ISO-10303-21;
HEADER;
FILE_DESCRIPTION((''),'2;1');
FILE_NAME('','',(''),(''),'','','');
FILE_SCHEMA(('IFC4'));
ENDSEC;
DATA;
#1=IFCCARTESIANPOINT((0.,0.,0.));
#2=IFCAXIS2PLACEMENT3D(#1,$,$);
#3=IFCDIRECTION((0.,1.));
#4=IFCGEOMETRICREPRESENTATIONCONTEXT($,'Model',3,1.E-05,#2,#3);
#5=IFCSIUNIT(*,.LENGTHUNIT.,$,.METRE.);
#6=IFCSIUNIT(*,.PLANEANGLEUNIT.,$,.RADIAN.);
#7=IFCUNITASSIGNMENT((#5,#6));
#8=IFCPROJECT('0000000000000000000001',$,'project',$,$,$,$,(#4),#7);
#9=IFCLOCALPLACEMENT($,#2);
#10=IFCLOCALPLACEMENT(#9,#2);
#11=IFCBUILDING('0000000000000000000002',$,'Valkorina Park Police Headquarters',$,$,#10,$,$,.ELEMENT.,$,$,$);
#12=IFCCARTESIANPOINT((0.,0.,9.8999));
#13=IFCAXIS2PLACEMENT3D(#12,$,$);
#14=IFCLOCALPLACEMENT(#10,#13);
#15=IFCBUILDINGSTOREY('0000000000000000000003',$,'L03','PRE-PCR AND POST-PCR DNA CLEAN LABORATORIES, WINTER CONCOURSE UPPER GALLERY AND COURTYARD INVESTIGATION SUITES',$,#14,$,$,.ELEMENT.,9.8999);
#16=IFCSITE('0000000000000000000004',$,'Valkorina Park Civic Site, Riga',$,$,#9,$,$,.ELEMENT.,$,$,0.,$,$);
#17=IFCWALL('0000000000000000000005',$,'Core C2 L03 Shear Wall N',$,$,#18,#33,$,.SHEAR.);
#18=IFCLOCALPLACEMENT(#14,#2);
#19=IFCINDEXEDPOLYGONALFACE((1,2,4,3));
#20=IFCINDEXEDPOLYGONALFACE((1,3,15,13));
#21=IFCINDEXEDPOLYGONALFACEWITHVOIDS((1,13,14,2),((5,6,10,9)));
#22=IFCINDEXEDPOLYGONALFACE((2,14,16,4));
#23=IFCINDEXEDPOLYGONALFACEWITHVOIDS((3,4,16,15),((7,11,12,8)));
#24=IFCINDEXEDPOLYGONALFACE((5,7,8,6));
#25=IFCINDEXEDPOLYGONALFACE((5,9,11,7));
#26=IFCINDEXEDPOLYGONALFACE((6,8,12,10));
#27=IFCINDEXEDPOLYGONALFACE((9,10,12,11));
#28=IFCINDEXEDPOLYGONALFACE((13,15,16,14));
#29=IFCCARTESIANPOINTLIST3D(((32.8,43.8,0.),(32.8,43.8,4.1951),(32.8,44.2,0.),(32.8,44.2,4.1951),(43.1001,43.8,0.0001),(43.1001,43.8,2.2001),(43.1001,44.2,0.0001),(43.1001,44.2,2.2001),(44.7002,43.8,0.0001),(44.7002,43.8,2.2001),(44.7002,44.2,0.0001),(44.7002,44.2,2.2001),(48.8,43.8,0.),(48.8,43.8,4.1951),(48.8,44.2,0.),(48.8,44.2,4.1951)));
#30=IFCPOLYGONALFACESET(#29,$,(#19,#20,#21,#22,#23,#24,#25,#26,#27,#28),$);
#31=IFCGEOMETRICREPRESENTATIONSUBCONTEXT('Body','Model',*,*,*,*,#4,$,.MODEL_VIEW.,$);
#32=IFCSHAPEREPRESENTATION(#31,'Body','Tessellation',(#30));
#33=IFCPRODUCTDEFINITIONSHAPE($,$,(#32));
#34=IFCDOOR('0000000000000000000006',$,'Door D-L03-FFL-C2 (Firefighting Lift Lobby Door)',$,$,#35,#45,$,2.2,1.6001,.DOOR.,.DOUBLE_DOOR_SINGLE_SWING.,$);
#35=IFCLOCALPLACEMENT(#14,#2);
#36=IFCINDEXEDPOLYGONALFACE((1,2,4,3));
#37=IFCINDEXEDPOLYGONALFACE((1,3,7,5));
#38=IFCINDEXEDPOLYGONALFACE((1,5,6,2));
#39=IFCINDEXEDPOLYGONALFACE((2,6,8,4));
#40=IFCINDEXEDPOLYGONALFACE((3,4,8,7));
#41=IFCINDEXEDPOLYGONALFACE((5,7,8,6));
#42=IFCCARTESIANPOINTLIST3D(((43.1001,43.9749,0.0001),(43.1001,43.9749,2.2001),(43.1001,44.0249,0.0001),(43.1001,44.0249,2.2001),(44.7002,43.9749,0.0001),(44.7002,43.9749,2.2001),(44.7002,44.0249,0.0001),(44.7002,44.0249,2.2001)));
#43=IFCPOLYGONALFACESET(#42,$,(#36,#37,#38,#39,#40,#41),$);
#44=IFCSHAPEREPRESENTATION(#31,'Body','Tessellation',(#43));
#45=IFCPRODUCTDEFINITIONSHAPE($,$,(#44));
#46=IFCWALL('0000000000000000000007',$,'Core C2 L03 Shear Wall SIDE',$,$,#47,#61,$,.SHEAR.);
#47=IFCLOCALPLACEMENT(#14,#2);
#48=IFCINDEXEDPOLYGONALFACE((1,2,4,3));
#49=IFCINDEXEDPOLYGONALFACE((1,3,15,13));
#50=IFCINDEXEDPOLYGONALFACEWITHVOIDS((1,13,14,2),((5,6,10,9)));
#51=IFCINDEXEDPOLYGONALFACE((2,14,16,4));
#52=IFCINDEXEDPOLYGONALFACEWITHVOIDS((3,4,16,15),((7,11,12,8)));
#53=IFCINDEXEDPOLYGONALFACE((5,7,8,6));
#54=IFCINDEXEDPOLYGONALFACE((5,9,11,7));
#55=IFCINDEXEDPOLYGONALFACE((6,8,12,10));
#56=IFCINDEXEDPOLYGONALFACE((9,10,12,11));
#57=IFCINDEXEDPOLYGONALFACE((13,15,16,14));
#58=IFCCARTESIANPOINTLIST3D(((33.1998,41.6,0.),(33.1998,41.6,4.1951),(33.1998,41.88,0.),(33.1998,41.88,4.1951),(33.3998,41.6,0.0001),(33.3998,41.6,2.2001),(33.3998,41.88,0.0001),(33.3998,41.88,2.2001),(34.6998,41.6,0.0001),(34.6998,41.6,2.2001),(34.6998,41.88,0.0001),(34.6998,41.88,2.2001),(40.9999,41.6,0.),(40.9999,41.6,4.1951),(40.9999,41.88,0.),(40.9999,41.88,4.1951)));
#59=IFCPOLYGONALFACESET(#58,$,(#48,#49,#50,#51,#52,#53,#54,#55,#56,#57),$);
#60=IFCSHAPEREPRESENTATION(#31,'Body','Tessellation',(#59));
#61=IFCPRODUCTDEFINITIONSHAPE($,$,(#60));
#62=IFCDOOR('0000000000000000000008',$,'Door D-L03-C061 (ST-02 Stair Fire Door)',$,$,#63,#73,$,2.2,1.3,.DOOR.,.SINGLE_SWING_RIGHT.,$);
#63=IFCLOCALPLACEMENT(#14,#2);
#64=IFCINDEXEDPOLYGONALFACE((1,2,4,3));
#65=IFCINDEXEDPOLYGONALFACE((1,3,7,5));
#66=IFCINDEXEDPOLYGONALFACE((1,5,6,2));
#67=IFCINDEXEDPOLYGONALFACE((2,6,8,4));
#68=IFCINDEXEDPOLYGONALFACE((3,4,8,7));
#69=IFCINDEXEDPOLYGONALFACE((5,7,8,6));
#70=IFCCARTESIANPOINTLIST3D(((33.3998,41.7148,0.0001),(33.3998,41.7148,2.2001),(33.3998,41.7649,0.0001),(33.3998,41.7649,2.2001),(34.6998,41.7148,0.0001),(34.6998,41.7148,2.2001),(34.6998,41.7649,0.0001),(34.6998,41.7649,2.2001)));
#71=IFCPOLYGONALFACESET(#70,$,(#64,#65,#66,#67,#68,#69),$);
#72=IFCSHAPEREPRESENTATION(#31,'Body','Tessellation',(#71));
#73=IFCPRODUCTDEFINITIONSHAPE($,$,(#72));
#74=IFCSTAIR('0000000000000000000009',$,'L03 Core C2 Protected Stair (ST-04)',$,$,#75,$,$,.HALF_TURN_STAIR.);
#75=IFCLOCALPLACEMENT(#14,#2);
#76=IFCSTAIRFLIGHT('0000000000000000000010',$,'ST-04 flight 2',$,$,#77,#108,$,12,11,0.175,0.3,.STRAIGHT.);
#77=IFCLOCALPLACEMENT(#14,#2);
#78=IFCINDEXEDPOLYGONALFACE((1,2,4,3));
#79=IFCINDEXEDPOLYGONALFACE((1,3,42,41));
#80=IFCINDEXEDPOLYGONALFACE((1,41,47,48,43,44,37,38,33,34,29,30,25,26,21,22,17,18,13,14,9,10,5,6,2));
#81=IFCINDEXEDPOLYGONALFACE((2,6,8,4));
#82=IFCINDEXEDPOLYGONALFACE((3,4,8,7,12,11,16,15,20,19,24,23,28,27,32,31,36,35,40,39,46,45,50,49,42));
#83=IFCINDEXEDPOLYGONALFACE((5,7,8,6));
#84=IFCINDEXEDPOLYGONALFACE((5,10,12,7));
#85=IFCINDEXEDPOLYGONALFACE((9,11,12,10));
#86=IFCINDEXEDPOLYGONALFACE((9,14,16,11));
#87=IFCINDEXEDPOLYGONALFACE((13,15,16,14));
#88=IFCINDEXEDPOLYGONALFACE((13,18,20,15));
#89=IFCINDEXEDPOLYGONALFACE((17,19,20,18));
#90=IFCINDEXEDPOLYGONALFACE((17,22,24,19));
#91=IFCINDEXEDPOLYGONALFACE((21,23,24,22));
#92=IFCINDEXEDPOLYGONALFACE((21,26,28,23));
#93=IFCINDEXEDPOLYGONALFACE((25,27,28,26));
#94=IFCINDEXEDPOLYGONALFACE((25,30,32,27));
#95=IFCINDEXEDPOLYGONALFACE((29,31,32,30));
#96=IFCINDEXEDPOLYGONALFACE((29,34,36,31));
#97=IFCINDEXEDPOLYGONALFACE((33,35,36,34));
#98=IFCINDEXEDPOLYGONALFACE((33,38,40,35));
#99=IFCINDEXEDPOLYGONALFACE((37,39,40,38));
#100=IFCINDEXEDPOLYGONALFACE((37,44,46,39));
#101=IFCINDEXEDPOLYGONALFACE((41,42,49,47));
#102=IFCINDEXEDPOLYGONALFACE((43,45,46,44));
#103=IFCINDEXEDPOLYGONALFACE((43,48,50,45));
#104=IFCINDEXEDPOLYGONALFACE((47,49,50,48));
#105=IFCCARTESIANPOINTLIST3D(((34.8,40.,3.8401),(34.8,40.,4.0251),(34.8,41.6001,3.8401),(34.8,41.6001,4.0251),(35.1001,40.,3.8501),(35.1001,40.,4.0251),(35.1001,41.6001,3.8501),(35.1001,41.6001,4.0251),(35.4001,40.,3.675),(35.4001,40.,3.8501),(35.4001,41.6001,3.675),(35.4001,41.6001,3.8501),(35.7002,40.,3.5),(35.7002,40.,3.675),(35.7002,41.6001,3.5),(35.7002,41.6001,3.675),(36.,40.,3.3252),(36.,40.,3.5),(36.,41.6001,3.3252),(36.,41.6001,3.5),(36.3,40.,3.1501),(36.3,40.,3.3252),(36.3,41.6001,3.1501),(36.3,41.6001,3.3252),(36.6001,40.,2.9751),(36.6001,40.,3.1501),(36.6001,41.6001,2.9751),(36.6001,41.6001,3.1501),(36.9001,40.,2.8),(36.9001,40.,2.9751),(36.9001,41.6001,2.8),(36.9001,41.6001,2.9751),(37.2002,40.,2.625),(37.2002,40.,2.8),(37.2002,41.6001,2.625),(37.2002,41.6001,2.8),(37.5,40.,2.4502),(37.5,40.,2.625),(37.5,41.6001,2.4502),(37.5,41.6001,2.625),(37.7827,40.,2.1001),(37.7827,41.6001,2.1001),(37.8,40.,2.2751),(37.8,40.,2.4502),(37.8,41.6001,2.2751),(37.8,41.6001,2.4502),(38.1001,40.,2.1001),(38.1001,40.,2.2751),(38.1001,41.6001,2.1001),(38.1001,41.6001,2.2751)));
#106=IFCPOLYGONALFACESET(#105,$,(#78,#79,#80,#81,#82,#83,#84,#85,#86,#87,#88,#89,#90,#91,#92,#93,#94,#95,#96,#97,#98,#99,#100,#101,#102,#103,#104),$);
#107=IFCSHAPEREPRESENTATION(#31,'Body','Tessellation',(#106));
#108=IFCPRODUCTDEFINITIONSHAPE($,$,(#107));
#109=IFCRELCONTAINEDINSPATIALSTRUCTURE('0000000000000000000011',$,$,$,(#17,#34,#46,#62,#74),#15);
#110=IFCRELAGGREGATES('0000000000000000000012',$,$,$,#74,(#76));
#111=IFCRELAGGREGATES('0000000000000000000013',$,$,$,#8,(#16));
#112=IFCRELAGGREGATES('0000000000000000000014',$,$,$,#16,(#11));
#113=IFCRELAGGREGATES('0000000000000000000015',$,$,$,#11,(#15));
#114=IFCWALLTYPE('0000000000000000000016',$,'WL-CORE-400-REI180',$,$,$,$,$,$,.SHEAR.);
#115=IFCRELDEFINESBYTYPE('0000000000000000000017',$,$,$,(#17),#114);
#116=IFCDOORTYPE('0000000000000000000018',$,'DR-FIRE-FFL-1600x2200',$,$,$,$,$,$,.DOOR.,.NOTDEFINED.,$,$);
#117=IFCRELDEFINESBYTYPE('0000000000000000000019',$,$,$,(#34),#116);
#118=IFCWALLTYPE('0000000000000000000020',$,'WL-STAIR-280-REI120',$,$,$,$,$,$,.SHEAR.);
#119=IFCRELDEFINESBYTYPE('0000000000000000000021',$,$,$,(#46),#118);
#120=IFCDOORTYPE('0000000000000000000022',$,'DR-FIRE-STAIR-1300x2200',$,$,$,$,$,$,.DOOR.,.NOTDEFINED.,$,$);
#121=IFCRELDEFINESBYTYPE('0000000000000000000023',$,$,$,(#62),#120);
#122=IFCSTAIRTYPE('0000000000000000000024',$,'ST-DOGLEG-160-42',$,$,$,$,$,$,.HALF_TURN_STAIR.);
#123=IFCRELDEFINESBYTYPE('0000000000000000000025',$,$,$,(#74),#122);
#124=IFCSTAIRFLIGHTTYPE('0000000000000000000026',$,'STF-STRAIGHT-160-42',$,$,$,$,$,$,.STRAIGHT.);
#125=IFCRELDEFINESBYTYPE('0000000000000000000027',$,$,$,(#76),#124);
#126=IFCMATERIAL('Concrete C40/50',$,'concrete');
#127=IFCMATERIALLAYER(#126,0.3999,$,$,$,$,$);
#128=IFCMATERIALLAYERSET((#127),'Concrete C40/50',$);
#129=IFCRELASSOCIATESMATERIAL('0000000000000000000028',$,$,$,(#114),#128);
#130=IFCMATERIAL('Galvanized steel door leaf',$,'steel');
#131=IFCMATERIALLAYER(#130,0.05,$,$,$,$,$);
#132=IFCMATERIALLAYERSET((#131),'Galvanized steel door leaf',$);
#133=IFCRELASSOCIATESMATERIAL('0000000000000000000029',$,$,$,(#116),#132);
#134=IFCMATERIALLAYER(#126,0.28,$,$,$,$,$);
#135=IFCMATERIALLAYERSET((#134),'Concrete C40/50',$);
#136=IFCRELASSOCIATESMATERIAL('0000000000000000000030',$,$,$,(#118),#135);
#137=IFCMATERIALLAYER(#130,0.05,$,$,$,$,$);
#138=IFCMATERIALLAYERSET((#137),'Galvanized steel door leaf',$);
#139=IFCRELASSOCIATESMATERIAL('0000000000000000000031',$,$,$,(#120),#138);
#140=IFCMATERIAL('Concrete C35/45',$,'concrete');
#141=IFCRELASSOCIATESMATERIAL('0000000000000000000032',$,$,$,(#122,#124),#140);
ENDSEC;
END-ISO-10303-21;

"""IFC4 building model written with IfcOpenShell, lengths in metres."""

from ifc_helpers import new_model, si_unit, direction, frame, frame_2d, origin, place, context, subcontext, project, spatial, polyline, rectangle, outline, extrude, material, layer, layer_set, type_object, element, fill, aggregate, save


model = new_model("IFC4")

# Units and contexts
model_context = context("Model", 3, precision=1e-05, world=origin(), true_north=direction((0.0, 1.0)))
body_context = subcontext(model_context, "Body", "Model", "MODEL_VIEW")
ifc_project = project(units=[si_unit("LENGTHUNIT", "METRE"), si_unit("PLANEANGLEUNIT", "RADIAN")], contexts=[model_context])

# Site, building, storey
site_placement = place(None, origin())
site = spatial("IfcSite", under=ifc_project, at=site_placement, Name="Valkorina Park Civic Site, Riga", CompositionType="ELEMENT", RefElevation=0.0)
building_placement = place(site_placement, origin())
building = spatial("IfcBuilding", under=site, at=building_placement, Name="Valkorina Park Police Headquarters", CompositionType="ELEMENT")
storey_placement = place(building_placement, frame((0.0, 0.0, 9.8999)))
storey = spatial("IfcBuildingStorey", under=building, at=storey_placement, Name="L03", Description="PRE-PCR AND POST-PCR DNA CLEAN LABORATORIES, WINTER CONCOURSE UPPER GALLERY AND COURTYARD INVESTIGATION SUITES", CompositionType="ELEMENT", Elevation=9.8999)

# Walls, openings, doors
ifc_material_1 = material(Name="Concrete C40/50", Category="concrete")
ifc_layer_1 = layer(ifc_material_1, 0.3999)
ifc_layer_set_1 = layer_set([ifc_layer_1], Name="Concrete C40/50")
wall_type_1 = type_object("IfcWallType", Name="WL-CORE-400-REI180", PredefinedType="SHEAR", material=ifc_layer_set_1)
wall_1_placement = place(storey_placement, frame((32.8, 44.0, 0.0), z_axis=(0.0, 0.0, 1.0), x_axis=(1.0, 0.0, 0.0)))
wall_1 = element("IfcWall", 1, at=wall_1_placement, inside=storey, type_object=wall_type_1, Name="Core C2 L03 Shear Wall N", PredefinedType="SHEAR", context=body_context, shape_type="SweptSolid", body=[
    extrude(rectangle(XDim=16.0, YDim=0.3999, at=frame_2d((8.0, 0.0))), origin(), (0.0, 0.0, 1.0), 4.1951),
])
opening_1_placement = place(wall_1_placement, frame((10.3, 0.0, 0.0)))
opening_1 = element("IfcOpeningElement", 2, at=opening_1_placement, cuts=wall_1, PredefinedType="OPENING", context=body_context, shape_type="SweptSolid", body=[
    extrude(rectangle(XDim=1.6001, YDim=2.2, at=frame_2d((0.8, 1.1001))), frame((0.0, 0.21, 0.0), z_axis=(0.0, -1.0, 0.0), x_axis=(1.0, 0.0, 0.0)), (0.0, 0.0, 1.0), 0.4199),
])
ifc_material_2 = material(Name="Galvanized steel door leaf", Category="steel")
ifc_layer_2 = layer(ifc_material_2, 0.05)
ifc_layer_set_2 = layer_set([ifc_layer_2], Name="Galvanized steel door leaf")
door_type_1 = type_object("IfcDoorType", Name="DR-FIRE-FFL-1600x2200", OperationType="NOTDEFINED", PredefinedType="DOOR", material=ifc_layer_set_2)
door_1_placement = place(opening_1_placement, origin())
door_1 = element("IfcDoor", 3, at=door_1_placement, inside=storey, type_object=door_type_1, Name="Door D-L03-FFL-C2 (Firefighting Lift Lobby Door)", OperationType="DOUBLE_DOOR_SINGLE_SWING", OverallHeight=2.2, OverallWidth=1.6001, PredefinedType="DOOR", context=body_context, shape_type="SweptSolid", body=[
    extrude(rectangle(XDim=1.6001, YDim=2.2, at=frame_2d((0.8, 1.1001))), frame((0.0, 0.0249, 0.0), z_axis=(0.0, -1.0, 0.0), x_axis=(1.0, 0.0, 0.0)), (0.0, 0.0, 1.0), 0.05),
])
fill(opening_1, door_1)
ifc_layer_3 = layer(ifc_material_1, 0.28)
ifc_layer_set_3 = layer_set([ifc_layer_3], Name="Concrete C40/50")
wall_type_2 = type_object("IfcWallType", Name="WL-STAIR-280-REI120", PredefinedType="SHEAR", material=ifc_layer_set_3)
wall_2_placement = place(storey_placement, frame((33.2, 41.74, 0.0), z_axis=(0.0, 0.0, 1.0), x_axis=(1.0, 0.0, 0.0)))
wall_2 = element("IfcWall", 4, at=wall_2_placement, inside=storey, type_object=wall_type_2, Name="Core C2 L03 Shear Wall SIDE", PredefinedType="SHEAR", context=body_context, shape_type="SweptSolid", body=[
    extrude(rectangle(XDim=7.8, YDim=0.28, at=frame_2d((3.8999, 0.0))), origin(), (0.0, 0.0, 1.0), 4.1951),
])
opening_2_placement = place(wall_2_placement, frame((0.2, 0.0, 0.0)))
opening_2 = element("IfcOpeningElement", 5, at=opening_2_placement, cuts=wall_2, PredefinedType="OPENING", context=body_context, shape_type="SweptSolid", body=[
    extrude(rectangle(XDim=1.3, YDim=2.2, at=frame_2d((0.6499, 1.1001))), frame((0.0, 0.1499, 0.0), z_axis=(0.0, -1.0, 0.0), x_axis=(1.0, 0.0, 0.0)), (0.0, 0.0, 1.0), 0.3),
])
ifc_layer_4 = layer(ifc_material_2, 0.05)
ifc_layer_set_4 = layer_set([ifc_layer_4], Name="Galvanized steel door leaf")
door_type_2 = type_object("IfcDoorType", Name="DR-FIRE-STAIR-1300x2200", OperationType="NOTDEFINED", PredefinedType="DOOR", material=ifc_layer_set_4)
door_2_placement = place(opening_2_placement, origin())
door_2 = element("IfcDoor", 6, at=door_2_placement, inside=storey, type_object=door_type_2, Name="Door D-L03-C061 (ST-02 Stair Fire Door)", OperationType="SINGLE_SWING_RIGHT", OverallHeight=2.2, OverallWidth=1.3, PredefinedType="DOOR", context=body_context, shape_type="SweptSolid", body=[
    extrude(rectangle(XDim=1.3, YDim=2.2, at=frame_2d((0.6499, 1.1001))), frame((0.0, 0.0249, 0.0), z_axis=(0.0, -1.0, 0.0), x_axis=(1.0, 0.0, 0.0)), (0.0, 0.0, 1.0), 0.05),
])
fill(opening_2, door_2)

# Stair, stair flight
ifc_material_3 = material(Name="Concrete C35/45", Category="concrete")
stair_type = type_object("IfcStairType", Name="ST-DOGLEG-160-42", PredefinedType="HALF_TURN_STAIR", material=ifc_material_3)
stair_placement = place(storey_placement, origin())
stair = element("IfcStair", 7, at=stair_placement, inside=storey, type_object=stair_type, Name="L03 Core C2 Protected Stair (ST-04)", PredefinedType="HALF_TURN_STAIR")
stair_flight_type = type_object("IfcStairFlightType", Name="STF-STRAIGHT-160-42", PredefinedType="STRAIGHT", material=ifc_material_3)
stair_flight_placement = place(storey_placement, frame((38.1001, 40.8, 2.1001), z_axis=(0.0, 0.0, 1.0), x_axis=(-1.0, 0.0, 0.0)))
stair_flight = element("IfcStairFlight", 8, at=stair_flight_placement, type_object=stair_flight_type, Name="ST-04 flight 2", NumberOfRisers=12, NumberOfTreads=11, PredefinedType="STRAIGHT", RiserHeight=0.175, TreadLength=0.3, context=body_context, shape_type="SweptSolid", body=[
    extrude(outline(polyline([(0.0, 0.0), (0.0, 0.175), (0.3, 0.175), (0.3, 0.3501), (0.6001, 0.3501), (0.6001, 0.5249), (0.8999, 0.5249), (0.8999, 0.7), (1.2, 0.7), (1.2, 0.875), (1.5, 0.875), (1.5, 1.05), (1.8, 1.05), (1.8, 1.2251), (2.1001, 1.2251), (2.1001, 1.3999), (2.3999, 1.3999), (2.3999, 1.575), (2.7, 1.575), (2.7, 1.75), (3.0, 1.75), (3.0, 1.925), (3.3, 1.925), (3.3, 2.1001), (3.3, 1.74), (0.3174, 0.0), (0.0, 0.0)])), frame((0.0, 0.8, 0.0), z_axis=(0.0, -1.0, 0.0), x_axis=(1.0, 0.0, 0.0)), (0.0, 0.0, 1.0), 1.6001),
])
aggregate(stair, [stair_flight])

save(model, "model.ifc")
